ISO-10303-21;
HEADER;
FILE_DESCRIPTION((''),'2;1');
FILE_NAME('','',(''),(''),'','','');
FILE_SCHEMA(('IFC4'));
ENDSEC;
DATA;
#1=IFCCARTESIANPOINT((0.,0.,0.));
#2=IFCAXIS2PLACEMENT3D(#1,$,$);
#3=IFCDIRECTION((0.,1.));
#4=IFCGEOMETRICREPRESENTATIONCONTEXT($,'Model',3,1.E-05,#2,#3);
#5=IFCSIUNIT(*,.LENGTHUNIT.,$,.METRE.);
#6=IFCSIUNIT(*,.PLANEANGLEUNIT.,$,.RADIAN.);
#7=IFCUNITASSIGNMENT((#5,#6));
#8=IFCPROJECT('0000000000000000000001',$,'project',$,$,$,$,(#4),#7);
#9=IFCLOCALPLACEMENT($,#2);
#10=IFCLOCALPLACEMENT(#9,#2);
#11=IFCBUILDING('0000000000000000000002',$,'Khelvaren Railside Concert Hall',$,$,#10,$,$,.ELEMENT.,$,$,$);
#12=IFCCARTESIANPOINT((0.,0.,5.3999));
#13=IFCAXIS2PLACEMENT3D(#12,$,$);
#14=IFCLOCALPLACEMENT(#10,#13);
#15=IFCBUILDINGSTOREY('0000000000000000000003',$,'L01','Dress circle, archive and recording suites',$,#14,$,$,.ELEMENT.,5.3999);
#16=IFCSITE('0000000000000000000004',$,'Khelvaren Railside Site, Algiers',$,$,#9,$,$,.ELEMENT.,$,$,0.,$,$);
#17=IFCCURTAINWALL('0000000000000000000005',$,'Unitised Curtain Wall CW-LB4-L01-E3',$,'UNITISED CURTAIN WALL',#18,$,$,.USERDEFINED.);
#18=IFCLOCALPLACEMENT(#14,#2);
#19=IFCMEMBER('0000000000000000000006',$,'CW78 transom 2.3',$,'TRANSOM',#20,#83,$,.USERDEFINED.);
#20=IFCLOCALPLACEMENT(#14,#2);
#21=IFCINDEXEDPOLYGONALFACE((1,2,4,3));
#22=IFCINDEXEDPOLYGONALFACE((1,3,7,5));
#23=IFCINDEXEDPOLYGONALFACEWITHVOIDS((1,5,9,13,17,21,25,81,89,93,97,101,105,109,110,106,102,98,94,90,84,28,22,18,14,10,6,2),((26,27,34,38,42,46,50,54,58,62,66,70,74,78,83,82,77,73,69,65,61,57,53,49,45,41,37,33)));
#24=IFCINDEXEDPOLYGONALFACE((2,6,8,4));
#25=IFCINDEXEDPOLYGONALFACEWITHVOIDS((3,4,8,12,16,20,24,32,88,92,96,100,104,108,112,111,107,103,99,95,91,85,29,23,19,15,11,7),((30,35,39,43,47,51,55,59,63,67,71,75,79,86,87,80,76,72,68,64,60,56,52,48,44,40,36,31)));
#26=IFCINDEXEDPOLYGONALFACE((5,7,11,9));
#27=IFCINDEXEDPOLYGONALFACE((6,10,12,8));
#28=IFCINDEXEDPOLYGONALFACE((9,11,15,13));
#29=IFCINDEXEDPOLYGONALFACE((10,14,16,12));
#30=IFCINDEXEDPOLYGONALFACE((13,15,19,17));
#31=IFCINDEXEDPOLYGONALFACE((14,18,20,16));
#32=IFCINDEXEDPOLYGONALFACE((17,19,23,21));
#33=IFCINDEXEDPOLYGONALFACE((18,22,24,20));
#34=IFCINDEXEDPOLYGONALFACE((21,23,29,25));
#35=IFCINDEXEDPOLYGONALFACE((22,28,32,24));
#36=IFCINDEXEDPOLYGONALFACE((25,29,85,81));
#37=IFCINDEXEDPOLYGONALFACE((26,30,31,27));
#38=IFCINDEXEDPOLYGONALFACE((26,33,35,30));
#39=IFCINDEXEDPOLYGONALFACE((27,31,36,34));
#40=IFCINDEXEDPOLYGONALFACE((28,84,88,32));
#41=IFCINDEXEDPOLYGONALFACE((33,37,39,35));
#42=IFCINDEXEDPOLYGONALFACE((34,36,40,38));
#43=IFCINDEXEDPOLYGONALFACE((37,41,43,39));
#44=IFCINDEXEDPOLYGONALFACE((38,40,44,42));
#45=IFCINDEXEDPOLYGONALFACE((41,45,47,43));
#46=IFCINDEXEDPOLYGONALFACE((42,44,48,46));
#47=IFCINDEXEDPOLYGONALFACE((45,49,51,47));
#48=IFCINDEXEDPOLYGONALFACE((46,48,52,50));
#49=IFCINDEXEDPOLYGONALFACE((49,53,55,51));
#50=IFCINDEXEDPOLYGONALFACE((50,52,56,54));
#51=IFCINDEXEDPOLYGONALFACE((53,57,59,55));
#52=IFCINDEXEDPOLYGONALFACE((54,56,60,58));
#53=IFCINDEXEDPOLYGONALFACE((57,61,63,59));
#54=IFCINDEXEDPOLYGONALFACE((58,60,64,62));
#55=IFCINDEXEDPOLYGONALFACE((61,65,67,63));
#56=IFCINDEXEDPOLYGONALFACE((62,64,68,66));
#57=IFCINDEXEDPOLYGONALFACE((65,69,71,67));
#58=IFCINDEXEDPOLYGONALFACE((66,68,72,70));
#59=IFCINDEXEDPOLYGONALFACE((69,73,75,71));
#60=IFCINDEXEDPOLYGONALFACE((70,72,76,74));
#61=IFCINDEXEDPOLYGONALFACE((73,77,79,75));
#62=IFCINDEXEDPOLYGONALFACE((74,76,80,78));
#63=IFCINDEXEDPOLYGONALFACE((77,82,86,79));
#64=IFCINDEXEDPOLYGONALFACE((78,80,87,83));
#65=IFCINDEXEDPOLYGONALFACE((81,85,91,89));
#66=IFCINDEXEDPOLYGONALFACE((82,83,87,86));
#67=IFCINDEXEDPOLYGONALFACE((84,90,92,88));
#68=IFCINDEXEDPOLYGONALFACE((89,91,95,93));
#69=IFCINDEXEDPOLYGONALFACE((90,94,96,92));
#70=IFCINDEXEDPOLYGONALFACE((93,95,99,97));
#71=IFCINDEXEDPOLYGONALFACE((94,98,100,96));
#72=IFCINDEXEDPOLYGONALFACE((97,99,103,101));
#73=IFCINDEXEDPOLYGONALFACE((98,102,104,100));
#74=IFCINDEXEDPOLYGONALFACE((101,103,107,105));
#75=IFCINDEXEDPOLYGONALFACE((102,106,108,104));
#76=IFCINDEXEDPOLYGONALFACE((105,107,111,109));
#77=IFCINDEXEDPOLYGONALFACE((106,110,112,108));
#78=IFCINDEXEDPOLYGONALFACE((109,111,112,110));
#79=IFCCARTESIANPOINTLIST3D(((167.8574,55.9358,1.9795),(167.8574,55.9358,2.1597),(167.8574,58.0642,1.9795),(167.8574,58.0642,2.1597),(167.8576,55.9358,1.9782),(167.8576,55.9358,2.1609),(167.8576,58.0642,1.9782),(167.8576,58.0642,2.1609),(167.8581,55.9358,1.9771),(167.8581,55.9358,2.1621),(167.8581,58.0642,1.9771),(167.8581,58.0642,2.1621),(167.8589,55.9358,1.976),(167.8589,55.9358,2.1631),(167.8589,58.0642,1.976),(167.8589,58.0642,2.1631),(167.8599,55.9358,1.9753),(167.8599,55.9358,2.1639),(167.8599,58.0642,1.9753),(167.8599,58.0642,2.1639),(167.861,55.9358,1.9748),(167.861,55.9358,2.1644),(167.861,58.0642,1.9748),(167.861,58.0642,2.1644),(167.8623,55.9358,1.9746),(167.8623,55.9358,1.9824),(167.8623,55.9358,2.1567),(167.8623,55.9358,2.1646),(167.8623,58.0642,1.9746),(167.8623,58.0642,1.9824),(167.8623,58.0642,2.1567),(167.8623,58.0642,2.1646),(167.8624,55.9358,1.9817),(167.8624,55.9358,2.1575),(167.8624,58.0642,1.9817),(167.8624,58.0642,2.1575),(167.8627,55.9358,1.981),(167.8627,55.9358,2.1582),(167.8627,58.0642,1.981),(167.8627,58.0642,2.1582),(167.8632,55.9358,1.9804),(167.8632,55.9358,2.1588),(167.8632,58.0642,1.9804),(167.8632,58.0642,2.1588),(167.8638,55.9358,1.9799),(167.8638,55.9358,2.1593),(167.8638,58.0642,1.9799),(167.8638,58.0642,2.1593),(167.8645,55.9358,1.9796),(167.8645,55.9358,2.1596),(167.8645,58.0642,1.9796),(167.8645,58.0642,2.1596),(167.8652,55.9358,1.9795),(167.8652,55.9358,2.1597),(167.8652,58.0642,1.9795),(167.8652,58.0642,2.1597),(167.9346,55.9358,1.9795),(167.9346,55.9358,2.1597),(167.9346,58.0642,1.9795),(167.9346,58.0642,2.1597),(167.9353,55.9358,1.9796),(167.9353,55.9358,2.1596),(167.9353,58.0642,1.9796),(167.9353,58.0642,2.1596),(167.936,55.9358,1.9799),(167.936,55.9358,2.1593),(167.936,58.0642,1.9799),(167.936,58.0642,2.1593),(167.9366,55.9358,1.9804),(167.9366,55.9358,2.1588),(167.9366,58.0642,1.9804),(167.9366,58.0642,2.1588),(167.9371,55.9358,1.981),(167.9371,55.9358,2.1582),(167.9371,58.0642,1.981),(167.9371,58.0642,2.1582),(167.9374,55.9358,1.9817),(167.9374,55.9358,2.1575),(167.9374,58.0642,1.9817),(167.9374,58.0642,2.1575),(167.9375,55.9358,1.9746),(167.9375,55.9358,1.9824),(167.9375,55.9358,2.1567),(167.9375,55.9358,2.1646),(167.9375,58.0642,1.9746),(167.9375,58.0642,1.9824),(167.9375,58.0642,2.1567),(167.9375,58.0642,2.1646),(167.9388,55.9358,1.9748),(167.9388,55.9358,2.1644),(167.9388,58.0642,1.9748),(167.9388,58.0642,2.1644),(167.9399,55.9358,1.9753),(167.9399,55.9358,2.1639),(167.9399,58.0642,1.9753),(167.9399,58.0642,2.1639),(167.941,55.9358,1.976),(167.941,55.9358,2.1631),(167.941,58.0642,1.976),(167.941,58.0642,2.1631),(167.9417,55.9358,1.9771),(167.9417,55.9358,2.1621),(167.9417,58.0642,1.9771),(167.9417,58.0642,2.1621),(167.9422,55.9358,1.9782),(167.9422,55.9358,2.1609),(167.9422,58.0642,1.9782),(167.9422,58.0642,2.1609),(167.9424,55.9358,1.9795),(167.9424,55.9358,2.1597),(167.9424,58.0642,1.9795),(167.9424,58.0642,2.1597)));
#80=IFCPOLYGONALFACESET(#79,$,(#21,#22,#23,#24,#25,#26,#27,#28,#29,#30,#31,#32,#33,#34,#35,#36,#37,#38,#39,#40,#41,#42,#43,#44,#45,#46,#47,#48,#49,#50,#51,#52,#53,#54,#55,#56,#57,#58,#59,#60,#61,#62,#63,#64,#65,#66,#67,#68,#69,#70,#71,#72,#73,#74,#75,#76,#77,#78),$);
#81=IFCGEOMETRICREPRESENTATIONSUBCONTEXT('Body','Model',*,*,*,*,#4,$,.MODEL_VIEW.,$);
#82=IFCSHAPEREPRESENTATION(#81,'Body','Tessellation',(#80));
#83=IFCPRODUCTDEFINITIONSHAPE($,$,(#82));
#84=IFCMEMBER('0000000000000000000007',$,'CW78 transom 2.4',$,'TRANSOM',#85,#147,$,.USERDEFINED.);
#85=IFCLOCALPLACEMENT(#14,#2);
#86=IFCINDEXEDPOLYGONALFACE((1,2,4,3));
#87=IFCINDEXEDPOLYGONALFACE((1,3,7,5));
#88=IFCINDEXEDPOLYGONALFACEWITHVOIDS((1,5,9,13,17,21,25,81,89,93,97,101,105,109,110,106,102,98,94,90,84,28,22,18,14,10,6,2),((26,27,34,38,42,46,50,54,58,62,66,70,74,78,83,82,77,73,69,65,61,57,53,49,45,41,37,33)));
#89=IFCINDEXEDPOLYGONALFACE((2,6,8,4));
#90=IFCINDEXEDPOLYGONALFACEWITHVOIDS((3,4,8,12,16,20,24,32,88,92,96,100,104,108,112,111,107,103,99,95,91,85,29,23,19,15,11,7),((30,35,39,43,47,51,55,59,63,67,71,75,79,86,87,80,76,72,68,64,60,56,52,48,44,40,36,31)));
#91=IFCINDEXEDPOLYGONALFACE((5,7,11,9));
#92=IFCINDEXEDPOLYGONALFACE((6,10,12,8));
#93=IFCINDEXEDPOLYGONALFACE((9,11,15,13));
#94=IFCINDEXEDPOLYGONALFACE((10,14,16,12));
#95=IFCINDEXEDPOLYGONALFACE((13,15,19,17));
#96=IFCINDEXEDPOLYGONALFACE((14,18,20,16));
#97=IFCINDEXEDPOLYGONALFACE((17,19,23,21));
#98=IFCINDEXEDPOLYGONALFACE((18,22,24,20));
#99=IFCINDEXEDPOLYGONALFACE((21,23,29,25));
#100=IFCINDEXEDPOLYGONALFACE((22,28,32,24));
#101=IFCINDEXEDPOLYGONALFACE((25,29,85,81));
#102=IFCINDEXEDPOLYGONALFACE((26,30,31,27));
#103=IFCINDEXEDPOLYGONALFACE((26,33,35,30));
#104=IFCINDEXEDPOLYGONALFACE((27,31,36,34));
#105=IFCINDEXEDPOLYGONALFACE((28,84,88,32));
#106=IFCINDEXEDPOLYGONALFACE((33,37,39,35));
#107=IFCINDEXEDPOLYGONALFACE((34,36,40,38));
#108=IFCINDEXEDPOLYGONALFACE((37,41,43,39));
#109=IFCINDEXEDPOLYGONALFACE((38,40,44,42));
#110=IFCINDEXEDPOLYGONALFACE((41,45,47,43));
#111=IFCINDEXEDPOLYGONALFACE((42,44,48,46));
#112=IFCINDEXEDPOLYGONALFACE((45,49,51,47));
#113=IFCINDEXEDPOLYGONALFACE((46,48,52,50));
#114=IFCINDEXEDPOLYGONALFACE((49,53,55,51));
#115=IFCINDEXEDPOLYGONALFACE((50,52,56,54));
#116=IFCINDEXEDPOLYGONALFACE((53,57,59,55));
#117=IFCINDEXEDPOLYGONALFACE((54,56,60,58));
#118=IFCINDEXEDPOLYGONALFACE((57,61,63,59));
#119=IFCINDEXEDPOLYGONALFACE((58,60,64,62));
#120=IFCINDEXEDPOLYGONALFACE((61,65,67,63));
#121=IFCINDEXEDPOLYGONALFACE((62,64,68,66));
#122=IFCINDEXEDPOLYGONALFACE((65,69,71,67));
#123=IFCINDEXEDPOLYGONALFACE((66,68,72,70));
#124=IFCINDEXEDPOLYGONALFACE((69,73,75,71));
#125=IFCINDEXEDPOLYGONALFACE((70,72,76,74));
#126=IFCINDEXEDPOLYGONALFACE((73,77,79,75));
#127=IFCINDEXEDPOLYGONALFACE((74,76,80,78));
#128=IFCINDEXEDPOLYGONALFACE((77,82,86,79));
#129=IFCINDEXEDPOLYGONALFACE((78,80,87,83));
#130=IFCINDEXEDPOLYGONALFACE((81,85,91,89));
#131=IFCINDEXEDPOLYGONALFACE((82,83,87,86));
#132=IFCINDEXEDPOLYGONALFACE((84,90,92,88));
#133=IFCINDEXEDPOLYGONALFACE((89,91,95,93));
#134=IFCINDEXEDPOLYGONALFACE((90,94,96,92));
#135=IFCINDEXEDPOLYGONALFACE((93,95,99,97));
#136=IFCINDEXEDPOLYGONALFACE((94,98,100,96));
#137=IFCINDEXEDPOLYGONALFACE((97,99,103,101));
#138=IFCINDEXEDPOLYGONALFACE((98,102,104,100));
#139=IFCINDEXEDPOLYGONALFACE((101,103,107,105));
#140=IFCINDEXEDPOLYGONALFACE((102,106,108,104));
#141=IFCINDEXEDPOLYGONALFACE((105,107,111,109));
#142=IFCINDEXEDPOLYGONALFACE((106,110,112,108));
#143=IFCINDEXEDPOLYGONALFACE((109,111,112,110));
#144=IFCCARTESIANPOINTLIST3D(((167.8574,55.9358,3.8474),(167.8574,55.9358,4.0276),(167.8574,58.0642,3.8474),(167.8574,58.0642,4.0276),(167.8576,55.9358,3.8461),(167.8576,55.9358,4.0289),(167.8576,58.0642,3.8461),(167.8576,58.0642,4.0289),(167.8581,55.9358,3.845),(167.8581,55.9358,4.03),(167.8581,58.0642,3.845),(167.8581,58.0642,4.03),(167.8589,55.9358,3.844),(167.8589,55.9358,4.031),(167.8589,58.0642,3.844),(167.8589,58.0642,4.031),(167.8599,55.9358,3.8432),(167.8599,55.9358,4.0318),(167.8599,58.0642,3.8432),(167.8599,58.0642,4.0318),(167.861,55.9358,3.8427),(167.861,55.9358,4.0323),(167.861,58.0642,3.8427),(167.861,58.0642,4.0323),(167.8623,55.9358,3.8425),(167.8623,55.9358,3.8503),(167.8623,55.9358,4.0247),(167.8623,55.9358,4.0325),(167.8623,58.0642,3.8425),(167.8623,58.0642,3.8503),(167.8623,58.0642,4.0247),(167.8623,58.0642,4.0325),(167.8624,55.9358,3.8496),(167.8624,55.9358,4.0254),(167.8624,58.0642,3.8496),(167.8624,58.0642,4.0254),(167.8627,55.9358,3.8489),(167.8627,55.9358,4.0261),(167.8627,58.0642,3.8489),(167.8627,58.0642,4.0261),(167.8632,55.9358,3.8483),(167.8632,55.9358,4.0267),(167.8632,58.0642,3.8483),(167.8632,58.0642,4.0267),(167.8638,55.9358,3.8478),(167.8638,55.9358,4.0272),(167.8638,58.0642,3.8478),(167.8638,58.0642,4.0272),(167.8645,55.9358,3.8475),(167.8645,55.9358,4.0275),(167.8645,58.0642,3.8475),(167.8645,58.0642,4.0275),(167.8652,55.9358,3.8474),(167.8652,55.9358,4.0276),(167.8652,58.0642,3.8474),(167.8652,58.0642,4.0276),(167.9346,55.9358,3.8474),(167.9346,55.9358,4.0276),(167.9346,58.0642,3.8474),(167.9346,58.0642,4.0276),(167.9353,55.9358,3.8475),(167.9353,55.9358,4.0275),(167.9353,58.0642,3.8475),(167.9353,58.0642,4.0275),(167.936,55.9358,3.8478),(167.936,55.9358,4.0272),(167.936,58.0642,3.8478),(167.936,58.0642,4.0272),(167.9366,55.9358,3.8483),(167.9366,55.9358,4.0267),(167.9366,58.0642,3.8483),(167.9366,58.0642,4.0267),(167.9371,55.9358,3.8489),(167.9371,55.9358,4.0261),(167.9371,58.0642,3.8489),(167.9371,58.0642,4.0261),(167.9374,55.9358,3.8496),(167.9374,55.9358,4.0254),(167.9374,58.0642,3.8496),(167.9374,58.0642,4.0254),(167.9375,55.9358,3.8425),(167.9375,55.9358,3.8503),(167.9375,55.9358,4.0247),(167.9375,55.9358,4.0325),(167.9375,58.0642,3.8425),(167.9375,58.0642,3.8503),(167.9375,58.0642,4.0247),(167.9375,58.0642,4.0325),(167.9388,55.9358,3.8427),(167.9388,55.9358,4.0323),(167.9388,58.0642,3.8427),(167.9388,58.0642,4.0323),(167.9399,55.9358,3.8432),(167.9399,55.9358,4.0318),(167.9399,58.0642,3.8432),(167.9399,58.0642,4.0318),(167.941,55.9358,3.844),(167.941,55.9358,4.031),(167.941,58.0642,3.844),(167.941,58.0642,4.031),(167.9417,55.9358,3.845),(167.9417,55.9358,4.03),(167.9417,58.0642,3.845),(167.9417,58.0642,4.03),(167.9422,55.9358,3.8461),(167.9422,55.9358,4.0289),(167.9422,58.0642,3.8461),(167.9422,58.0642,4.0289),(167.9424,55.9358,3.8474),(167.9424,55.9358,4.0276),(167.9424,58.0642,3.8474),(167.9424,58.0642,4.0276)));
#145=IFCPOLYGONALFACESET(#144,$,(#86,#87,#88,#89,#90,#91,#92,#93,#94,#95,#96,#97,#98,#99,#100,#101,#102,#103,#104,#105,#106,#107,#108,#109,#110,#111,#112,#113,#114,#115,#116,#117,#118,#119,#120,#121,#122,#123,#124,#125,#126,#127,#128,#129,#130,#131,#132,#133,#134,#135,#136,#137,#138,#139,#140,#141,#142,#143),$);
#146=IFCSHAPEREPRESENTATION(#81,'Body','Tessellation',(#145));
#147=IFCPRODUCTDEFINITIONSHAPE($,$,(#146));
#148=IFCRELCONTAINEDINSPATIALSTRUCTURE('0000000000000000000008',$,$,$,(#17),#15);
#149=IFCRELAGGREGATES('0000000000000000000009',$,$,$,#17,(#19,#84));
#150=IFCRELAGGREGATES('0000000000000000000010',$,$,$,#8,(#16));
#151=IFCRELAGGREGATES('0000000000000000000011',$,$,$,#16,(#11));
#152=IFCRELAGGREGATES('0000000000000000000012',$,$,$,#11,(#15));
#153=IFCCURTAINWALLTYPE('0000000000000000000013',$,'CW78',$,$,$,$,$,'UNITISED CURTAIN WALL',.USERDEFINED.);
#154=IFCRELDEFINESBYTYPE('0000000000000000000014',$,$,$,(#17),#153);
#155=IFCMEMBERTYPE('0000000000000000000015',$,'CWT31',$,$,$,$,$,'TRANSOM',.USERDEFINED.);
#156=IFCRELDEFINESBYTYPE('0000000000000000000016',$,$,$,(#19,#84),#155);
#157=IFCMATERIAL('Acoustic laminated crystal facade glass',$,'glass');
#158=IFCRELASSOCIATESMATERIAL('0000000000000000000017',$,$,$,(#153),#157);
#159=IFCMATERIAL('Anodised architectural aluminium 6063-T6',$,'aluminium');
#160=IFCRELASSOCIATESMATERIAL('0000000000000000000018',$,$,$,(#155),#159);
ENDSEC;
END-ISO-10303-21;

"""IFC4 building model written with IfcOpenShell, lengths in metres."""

from ifc_helpers import new_model, si_unit, direction, frame, origin, origin_2d, place, context, subcontext, project, spatial, hollow_rectangle, extrude, material, material_profile, profile_set, type_object, element, aggregate, save


model = new_model("IFC4")

# Units and contexts
model_context = context("Model", 3, precision=1e-05, world=origin(), true_north=direction((0.0, 1.0)))
body_context = subcontext(model_context, "Body", "Model", "MODEL_VIEW")
ifc_project = project(units=[si_unit("LENGTHUNIT", "METRE"), si_unit("PLANEANGLEUNIT", "RADIAN")], contexts=[model_context])

# Site, building, storey
site_placement = place(None, origin())
site = spatial("IfcSite", under=ifc_project, at=site_placement, Name="Khelvaren Railside Site, Algiers", CompositionType="ELEMENT", RefElevation=0.0)
building_placement = place(site_placement, origin())
building = spatial("IfcBuilding", under=site, at=building_placement, Name="Khelvaren Railside Concert Hall", CompositionType="ELEMENT")
storey_placement = place(building_placement, frame((0.0, 0.0, 5.3999)))
storey = spatial("IfcBuildingStorey", under=building, at=storey_placement, Name="L01", Description="Dress circle, archive and recording suites", CompositionType="ELEMENT", Elevation=5.3999)

# Curtain wall
ifc_material_1 = material(Name="Acoustic laminated crystal facade glass", Category="glass")
curtain_wall_type = type_object("IfcCurtainWallType", Name="CW78", ElementType="UNITISED CURTAIN WALL", PredefinedType="USERDEFINED", material=ifc_material_1)
curtain_wall_1_placement = place(storey_placement, origin())
curtain_wall_1 = element("IfcCurtainWall", 1, at=curtain_wall_1_placement, inside=storey, type_object=curtain_wall_type, Name="Unitised Curtain Wall CW-LB4-L01-E3", ObjectType="UNITISED CURTAIN WALL", PredefinedType="USERDEFINED")
ifc_material_2 = material(Name="Anodised architectural aluminium 6063-T6", Category="aluminium")

# Members
ifc_material_profile_1 = material_profile(ifc_material_2, hollow_rectangle(XDim=0.085, YDim=0.1899, WallThickness=0.0049, InnerFilletRadius=0.0029, OuterFilletRadius=0.0049, at=origin_2d()), Name="CWT 85x190x5")
ifc_profile_set_1 = profile_set([ifc_material_profile_1], Name="Anodised architectural aluminium 6063-T6")
member_type_1 = type_object("IfcMemberType", Name="CWT31", ElementType="TRANSOM", PredefinedType="USERDEFINED", material=ifc_profile_set_1)
member_1_placement = place(storey_placement, frame((167.8999, 58.0642, 2.0696), z_axis=(0.0, -1.0, 0.0), x_axis=(1.0, 0.0, 0.0)))
member_1 = element("IfcMember", 2, at=member_1_placement, type_object=member_type_1, Name="CW78 transom 2.3", ObjectType="TRANSOM", PredefinedType="USERDEFINED", context=body_context, shape_type="SweptSolid", body=[
    extrude(hollow_rectangle(XDim=0.085, YDim=0.1899, WallThickness=0.0049, InnerFilletRadius=0.0029, OuterFilletRadius=0.0049, at=origin_2d()), origin(), (0.0, 0.0, 1.0), 2.1284),
])
member_2_placement = place(storey_placement, frame((167.8999, 58.0642, 3.9375), z_axis=(0.0, -1.0, 0.0), x_axis=(1.0, 0.0, 0.0)))
member_2 = element("IfcMember", 3, at=member_2_placement, type_object=member_type_1, Name="CW78 transom 2.4", ObjectType="TRANSOM", PredefinedType="USERDEFINED", context=body_context, shape_type="SweptSolid", body=[
    extrude(hollow_rectangle(XDim=0.085, YDim=0.1899, WallThickness=0.0049, InnerFilletRadius=0.0029, OuterFilletRadius=0.0049, at=origin_2d()), origin(), (0.0, 0.0, 1.0), 2.1284),
])

aggregate(curtain_wall_1, [member_1, member_2])

save(model, "model.ifc")
